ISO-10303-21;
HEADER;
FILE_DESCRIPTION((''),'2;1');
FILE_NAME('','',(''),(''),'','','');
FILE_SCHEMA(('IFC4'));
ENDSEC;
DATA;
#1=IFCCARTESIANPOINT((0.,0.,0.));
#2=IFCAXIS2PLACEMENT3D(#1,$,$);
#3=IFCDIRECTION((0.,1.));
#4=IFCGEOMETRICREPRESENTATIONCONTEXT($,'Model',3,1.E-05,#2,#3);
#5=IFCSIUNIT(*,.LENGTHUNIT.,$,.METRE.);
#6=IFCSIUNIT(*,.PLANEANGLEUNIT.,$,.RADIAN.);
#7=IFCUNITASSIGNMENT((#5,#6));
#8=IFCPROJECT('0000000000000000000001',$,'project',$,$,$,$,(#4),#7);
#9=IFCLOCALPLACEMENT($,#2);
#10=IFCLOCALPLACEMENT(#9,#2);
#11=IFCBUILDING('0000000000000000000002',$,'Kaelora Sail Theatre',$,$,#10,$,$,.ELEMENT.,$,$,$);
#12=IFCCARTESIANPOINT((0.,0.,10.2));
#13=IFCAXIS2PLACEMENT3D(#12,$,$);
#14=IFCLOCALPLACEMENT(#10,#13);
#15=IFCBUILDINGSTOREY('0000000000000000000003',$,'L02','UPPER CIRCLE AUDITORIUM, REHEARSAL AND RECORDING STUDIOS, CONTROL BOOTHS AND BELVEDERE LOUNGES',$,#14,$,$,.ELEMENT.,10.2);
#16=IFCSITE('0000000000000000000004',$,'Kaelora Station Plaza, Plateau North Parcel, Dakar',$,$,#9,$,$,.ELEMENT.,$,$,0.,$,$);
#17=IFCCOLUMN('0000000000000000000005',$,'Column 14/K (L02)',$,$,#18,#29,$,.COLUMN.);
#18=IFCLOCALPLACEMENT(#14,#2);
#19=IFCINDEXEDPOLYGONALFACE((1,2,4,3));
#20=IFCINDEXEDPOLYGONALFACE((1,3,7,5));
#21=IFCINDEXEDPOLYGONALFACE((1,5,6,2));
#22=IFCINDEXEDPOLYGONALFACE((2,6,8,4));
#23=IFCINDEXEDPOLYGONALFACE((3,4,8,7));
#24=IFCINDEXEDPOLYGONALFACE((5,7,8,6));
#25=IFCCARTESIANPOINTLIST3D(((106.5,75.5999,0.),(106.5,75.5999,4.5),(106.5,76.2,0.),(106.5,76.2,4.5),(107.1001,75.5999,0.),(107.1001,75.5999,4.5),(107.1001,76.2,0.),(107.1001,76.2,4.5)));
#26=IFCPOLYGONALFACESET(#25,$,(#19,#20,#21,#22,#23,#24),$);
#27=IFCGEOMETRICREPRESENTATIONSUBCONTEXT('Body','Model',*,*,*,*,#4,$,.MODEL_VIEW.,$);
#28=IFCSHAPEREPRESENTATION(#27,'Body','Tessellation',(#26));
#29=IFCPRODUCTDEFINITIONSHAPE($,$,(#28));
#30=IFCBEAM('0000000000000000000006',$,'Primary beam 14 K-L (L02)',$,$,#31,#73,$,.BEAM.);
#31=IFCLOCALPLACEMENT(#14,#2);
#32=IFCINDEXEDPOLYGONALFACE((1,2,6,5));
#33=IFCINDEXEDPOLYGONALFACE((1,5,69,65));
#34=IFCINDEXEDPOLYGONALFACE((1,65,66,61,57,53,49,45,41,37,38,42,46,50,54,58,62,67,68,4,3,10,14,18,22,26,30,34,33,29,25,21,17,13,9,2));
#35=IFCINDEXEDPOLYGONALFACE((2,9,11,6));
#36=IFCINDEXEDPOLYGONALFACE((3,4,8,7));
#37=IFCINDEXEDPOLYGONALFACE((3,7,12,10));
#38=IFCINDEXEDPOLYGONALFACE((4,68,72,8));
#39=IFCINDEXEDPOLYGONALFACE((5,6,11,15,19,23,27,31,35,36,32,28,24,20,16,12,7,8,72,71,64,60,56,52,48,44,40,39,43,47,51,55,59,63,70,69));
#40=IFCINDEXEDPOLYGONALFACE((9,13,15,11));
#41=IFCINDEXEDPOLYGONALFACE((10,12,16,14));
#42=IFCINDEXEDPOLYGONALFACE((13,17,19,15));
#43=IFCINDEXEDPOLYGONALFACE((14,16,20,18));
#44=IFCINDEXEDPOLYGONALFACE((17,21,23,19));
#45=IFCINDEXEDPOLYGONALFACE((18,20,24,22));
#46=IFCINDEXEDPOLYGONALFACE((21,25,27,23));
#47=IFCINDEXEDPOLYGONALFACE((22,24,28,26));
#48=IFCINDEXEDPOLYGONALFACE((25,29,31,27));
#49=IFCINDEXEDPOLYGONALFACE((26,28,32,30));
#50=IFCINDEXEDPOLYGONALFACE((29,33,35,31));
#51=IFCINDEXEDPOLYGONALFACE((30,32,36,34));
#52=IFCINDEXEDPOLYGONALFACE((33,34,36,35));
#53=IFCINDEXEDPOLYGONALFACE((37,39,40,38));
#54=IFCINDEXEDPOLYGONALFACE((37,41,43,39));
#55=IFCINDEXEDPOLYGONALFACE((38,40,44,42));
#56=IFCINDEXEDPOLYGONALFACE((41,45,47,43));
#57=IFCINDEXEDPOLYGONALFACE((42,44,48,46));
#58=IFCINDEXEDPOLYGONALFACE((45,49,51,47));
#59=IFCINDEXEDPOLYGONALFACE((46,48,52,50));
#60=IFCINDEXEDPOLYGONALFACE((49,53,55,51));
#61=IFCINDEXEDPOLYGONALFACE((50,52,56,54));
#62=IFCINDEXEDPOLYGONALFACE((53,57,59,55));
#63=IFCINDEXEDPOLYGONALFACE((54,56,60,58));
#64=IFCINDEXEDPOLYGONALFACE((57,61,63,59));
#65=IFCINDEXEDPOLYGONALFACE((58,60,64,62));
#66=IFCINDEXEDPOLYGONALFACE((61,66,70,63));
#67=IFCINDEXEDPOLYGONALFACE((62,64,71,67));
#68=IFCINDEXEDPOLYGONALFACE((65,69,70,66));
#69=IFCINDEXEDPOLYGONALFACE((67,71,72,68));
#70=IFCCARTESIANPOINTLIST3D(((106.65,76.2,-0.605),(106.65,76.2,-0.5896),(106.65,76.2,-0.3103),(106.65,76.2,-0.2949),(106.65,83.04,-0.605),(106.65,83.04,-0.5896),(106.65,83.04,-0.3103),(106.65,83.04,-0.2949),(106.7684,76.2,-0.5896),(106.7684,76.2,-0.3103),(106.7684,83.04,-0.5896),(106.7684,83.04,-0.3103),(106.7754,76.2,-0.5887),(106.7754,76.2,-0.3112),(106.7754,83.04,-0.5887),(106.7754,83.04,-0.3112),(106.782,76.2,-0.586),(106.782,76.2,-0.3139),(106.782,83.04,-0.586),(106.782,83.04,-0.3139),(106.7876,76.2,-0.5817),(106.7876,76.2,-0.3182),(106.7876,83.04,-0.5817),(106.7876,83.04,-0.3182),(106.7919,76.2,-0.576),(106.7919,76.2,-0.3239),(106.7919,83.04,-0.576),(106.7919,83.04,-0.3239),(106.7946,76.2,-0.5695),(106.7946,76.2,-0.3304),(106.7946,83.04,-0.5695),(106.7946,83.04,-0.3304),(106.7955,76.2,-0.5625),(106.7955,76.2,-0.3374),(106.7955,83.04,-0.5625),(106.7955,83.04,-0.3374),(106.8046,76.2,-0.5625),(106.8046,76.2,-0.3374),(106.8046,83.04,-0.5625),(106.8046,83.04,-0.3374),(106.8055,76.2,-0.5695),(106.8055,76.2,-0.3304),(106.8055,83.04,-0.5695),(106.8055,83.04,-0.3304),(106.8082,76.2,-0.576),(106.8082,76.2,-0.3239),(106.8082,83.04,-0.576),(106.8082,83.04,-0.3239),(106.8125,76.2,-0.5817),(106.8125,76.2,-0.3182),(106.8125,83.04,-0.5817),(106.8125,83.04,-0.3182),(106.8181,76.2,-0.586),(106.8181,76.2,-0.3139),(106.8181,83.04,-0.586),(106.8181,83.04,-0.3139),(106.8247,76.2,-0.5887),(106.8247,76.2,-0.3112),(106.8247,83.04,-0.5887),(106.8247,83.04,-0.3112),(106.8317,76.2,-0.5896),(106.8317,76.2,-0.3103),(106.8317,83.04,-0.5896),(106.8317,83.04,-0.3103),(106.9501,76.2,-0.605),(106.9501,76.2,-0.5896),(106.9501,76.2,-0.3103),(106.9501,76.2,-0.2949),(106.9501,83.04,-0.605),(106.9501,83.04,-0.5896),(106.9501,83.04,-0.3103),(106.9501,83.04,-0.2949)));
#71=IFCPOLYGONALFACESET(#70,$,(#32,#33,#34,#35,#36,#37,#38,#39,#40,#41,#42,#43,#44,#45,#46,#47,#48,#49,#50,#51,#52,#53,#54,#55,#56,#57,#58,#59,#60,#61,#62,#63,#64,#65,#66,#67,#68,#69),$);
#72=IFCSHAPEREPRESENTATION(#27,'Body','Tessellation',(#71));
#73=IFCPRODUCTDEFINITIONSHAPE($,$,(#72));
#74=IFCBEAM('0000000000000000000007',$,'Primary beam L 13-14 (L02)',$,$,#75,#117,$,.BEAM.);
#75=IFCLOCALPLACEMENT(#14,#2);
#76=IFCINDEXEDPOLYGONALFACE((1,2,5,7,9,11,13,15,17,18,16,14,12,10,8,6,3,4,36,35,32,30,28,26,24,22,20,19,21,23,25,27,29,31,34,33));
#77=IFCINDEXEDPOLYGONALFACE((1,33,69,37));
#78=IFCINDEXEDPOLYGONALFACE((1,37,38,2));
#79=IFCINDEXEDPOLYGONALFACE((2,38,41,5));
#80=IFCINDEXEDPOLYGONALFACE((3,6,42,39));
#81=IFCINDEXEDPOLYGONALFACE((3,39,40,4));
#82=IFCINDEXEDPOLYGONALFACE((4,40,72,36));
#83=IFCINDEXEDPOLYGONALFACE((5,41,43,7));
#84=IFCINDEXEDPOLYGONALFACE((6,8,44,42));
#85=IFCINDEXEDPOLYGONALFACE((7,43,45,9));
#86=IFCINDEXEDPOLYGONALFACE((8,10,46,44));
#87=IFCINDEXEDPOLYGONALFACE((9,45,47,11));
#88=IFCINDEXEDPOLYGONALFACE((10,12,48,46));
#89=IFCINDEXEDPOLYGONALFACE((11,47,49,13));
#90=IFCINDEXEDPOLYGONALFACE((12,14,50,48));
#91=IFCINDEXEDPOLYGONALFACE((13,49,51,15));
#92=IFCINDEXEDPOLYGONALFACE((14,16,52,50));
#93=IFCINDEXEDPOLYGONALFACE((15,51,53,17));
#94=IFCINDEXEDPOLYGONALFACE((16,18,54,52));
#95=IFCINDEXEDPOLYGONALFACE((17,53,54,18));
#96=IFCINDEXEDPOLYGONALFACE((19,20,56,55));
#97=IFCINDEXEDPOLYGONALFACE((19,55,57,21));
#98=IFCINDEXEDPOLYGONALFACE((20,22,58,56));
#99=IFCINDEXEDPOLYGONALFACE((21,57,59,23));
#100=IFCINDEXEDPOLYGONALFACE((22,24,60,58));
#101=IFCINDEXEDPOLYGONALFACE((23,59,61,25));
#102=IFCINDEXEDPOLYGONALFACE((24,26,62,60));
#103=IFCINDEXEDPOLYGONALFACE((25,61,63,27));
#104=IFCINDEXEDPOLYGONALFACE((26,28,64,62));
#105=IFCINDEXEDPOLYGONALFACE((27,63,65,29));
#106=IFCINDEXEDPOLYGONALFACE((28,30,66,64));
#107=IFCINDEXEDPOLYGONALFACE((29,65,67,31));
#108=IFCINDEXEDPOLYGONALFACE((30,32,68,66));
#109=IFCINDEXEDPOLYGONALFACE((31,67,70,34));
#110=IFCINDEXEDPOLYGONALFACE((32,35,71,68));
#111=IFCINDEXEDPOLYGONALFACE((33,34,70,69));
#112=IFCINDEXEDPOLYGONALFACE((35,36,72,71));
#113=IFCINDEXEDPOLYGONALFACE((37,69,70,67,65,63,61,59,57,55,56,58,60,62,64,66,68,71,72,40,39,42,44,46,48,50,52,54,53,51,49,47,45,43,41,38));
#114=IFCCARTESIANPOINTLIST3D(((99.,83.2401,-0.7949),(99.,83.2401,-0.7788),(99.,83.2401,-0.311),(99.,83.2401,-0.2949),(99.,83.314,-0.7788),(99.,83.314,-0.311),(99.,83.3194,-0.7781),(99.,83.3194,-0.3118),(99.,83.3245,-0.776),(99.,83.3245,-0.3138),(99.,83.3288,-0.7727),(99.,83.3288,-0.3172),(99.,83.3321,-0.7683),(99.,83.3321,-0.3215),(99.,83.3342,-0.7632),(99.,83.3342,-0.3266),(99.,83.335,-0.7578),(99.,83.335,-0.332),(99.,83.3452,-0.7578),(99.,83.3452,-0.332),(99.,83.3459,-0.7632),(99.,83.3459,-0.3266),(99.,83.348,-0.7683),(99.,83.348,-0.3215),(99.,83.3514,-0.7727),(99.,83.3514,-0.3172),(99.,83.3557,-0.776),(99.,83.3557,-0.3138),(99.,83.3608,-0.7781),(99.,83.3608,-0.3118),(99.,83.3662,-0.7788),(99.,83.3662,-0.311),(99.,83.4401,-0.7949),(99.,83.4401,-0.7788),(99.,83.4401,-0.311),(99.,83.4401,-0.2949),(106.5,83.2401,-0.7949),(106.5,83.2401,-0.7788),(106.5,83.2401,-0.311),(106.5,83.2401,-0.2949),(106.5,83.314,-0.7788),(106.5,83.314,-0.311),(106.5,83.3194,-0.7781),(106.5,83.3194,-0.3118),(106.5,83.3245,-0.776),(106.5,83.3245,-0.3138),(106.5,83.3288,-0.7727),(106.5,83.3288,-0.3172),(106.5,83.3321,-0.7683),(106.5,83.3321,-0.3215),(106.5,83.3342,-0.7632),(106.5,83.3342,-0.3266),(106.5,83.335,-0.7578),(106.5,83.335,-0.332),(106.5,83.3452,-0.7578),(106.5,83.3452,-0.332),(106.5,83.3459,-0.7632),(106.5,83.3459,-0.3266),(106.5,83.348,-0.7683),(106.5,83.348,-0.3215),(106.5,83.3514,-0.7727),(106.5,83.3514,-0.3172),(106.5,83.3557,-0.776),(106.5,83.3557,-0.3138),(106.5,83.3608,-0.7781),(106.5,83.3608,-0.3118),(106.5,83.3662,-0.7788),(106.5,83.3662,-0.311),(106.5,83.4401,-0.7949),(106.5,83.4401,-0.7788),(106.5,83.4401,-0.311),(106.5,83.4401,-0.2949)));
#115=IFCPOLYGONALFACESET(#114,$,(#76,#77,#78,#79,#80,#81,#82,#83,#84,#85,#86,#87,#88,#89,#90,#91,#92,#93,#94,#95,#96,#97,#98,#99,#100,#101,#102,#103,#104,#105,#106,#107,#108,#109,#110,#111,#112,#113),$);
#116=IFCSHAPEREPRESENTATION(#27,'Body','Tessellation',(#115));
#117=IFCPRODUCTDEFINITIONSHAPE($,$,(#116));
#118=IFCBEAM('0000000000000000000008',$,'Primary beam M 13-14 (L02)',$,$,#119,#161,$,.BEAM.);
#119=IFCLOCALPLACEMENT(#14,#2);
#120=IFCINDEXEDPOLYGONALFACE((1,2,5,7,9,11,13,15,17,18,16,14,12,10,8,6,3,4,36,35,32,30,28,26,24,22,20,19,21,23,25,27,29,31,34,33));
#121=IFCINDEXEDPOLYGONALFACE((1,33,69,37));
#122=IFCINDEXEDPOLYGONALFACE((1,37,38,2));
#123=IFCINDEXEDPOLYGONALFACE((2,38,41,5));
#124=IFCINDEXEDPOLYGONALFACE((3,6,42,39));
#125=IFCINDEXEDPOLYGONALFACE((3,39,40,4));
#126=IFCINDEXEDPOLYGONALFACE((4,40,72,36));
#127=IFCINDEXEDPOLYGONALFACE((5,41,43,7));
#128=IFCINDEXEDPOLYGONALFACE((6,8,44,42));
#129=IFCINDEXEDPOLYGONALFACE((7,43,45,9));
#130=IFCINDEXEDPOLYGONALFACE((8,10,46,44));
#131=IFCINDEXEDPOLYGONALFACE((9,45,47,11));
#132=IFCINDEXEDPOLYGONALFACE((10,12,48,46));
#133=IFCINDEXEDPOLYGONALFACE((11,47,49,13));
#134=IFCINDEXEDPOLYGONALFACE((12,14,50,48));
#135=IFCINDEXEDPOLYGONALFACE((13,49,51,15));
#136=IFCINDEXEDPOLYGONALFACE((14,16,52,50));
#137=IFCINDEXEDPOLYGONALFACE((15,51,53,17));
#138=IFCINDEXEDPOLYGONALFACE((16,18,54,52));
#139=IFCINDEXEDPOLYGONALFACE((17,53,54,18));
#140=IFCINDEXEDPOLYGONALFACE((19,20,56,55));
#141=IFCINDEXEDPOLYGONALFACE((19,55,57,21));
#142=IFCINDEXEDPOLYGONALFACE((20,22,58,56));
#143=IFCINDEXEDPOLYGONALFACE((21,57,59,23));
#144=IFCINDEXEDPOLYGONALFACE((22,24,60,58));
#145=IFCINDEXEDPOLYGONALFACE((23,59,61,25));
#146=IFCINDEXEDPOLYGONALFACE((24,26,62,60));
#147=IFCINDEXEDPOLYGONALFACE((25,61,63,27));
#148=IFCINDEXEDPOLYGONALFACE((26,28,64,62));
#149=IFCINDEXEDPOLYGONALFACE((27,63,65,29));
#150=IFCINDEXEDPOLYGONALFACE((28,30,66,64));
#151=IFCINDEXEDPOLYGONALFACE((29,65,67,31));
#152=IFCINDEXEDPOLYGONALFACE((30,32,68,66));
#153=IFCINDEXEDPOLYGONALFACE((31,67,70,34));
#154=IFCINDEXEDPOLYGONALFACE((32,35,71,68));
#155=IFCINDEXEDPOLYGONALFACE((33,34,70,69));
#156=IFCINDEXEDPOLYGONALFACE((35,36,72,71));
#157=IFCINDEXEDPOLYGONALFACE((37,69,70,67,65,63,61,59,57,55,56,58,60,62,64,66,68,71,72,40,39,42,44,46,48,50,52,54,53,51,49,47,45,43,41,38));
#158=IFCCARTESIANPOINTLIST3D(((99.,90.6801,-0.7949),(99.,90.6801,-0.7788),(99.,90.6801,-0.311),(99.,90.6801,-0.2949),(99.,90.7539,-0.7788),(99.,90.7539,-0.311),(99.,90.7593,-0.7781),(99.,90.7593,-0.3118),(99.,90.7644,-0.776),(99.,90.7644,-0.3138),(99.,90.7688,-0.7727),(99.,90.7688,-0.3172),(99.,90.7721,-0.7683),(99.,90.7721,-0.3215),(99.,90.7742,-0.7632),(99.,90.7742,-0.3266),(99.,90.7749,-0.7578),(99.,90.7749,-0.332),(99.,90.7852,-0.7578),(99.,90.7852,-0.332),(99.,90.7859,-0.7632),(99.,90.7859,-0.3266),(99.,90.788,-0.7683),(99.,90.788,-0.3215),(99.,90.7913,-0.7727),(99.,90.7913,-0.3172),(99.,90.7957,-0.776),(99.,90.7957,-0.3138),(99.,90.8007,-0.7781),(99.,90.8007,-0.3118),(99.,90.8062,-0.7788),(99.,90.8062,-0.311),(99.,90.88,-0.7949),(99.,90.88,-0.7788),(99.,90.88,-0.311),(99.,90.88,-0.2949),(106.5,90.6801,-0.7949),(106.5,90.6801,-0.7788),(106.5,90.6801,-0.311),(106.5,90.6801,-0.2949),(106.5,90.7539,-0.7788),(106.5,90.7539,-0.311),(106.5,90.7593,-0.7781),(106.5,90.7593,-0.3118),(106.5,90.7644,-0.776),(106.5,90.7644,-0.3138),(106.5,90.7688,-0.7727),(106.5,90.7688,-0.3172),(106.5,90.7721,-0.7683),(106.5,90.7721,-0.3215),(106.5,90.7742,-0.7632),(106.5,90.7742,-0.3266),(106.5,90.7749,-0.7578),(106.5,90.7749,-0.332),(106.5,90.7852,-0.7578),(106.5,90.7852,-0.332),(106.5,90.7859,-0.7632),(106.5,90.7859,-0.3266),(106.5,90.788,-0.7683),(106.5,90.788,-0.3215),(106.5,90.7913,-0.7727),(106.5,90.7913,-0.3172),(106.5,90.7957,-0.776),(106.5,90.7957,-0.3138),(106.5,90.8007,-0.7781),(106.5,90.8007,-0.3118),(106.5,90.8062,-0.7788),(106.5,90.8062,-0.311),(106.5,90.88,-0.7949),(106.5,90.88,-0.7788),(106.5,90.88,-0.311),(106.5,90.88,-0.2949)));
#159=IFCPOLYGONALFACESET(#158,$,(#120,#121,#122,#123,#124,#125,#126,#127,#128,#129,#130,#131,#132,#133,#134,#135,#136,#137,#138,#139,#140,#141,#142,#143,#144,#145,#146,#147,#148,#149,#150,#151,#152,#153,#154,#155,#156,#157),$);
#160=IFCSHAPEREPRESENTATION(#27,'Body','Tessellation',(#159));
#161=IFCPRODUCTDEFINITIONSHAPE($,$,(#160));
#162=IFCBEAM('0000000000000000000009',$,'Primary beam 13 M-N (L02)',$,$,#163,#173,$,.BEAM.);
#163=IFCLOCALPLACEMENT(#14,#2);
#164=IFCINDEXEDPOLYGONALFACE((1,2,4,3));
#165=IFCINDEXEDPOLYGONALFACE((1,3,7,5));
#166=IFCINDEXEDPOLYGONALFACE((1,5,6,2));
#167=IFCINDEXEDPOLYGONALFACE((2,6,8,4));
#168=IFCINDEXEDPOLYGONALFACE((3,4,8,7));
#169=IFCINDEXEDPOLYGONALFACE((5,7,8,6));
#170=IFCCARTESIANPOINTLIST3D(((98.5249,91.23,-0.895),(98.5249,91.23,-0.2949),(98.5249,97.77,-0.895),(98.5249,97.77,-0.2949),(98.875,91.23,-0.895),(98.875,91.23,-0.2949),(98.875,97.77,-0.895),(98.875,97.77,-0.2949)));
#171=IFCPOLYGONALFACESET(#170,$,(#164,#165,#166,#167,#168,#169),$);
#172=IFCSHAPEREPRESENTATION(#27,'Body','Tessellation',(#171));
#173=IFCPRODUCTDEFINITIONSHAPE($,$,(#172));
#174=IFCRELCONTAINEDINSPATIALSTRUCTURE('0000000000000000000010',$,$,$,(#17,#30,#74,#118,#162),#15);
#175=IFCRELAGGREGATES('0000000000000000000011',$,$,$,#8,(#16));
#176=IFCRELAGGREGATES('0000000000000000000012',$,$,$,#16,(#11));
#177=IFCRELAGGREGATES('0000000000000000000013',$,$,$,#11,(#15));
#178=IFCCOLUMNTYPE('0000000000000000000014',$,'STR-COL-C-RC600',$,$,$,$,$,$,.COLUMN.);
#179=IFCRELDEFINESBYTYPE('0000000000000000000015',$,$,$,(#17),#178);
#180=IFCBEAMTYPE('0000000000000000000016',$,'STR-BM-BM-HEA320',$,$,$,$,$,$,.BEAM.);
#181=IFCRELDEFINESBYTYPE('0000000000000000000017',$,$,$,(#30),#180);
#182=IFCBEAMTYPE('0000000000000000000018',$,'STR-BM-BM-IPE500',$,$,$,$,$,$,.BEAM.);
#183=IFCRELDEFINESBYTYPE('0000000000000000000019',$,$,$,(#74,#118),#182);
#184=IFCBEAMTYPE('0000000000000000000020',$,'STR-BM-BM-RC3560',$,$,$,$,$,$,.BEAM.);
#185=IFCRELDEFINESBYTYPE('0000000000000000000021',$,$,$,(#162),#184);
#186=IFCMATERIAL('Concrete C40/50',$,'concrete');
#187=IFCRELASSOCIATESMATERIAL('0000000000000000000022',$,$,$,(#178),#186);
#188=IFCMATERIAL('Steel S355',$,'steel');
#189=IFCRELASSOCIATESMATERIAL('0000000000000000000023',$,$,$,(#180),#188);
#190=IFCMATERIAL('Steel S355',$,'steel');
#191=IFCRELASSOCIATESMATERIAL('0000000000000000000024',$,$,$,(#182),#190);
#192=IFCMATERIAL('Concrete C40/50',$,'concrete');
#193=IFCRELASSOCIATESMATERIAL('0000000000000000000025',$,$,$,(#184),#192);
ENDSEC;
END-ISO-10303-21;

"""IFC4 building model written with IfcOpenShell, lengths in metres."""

from ifc_helpers import new_model, si_unit, direction, frame, origin, origin_2d, place, context, subcontext, project, spatial, rectangle, i_section, extrude, material, material_profile, profile_set, type_object, element, save


model = new_model("IFC4")

# Units and contexts
model_context = context("Model", 3, precision=1e-05, world=origin(), true_north=direction((0.0, 1.0)))
body_context = subcontext(model_context, "Body", "Model", "MODEL_VIEW")
ifc_project = project(units=[si_unit("LENGTHUNIT", "METRE"), si_unit("PLANEANGLEUNIT", "RADIAN")], contexts=[model_context])

# Site, building, storey
site_placement = place(None, origin())
site = spatial("IfcSite", under=ifc_project, at=site_placement, Name="Kaelora Station Plaza, Plateau North Parcel, Dakar", CompositionType="ELEMENT", RefElevation=0.0)
building_placement = place(site_placement, origin())
building = spatial("IfcBuilding", under=site, at=building_placement, Name="Kaelora Sail Theatre", CompositionType="ELEMENT")
storey_placement = place(building_placement, frame((0.0, 0.0, 10.2)))
storey = spatial("IfcBuildingStorey", under=building, at=storey_placement, Name="L02", Description="UPPER CIRCLE AUDITORIUM, REHEARSAL AND RECORDING STUDIOS, CONTROL BOOTHS AND BELVEDERE LOUNGES", CompositionType="ELEMENT", Elevation=10.2)

# Column
ifc_material_1 = material(Name="Concrete C40/50", Category="concrete")
ifc_material_profile_1 = material_profile(ifc_material_1, rectangle(XDim=0.6001, YDim=0.6001, at=origin_2d()), Name="RC-COL 600x600")
ifc_profile_set_1 = profile_set([ifc_material_profile_1], Name="Concrete C40/50")
column_type = type_object("IfcColumnType", Name="STR-COL-C-RC600", PredefinedType="COLUMN", material=ifc_profile_set_1)
column_placement = place(storey_placement, frame((106.8, 75.8999, 0.0), z_axis=(0.0, 0.0, 1.0), x_axis=(1.0, 0.0, 0.0)))
element("IfcColumn", 1, at=column_placement, inside=storey, type_object=column_type, Name="Column 14/K (L02)", PredefinedType="COLUMN", context=body_context, shape_type="SweptSolid", body=[
    extrude(rectangle(XDim=0.6001, YDim=0.6001, at=origin_2d()), origin(), (0.0, 0.0, 1.0), 4.5),
])

# Beams
ifc_material_2 = material(Name="Steel S355", Category="steel")
ifc_material_profile_2 = material_profile(ifc_material_2, i_section(OverallWidth=0.3, OverallDepth=0.3101, WebThickness=0.009, FlangeThickness=0.0154, FilletRadius=0.0271, at=origin_2d()), Name="HEA 320")
ifc_profile_set_2 = profile_set([ifc_material_profile_2], Name="Steel S355")
beam_type_1 = type_object("IfcBeamType", Name="STR-BM-BM-HEA320", PredefinedType="BEAM", material=ifc_profile_set_2)
beam_1_placement = place(storey_placement, frame((106.8, 76.2, -0.45), z_axis=(0.0, 1.0, 0.0), x_axis=(-1.0, 0.0, 0.0)))
element("IfcBeam", 2, at=beam_1_placement, inside=storey, type_object=beam_type_1, Name="Primary beam 14 K-L (L02)", PredefinedType="BEAM", context=body_context, shape_type="SweptSolid", body=[
    extrude(i_section(OverallWidth=0.3, OverallDepth=0.3101, WebThickness=0.009, FlangeThickness=0.0154, FilletRadius=0.0271, at=origin_2d()), origin(), (0.0, 0.0, 1.0), 6.8401),
])
ifc_material_3 = material(Name="Steel S355", Category="steel")
ifc_material_profile_3 = material_profile(ifc_material_3, i_section(OverallWidth=0.2, OverallDepth=0.5, WebThickness=0.0103, FlangeThickness=0.0161, FilletRadius=0.021, at=origin_2d()), Name="IPE 500")
ifc_profile_set_3 = profile_set([ifc_material_profile_3], Name="Steel S355")
beam_type_2 = type_object("IfcBeamType", Name="STR-BM-BM-IPE500", PredefinedType="BEAM", material=ifc_profile_set_3)
for number, where, z_axis, x_axis, name in (
    (3, (99.0, 83.3401, -0.5449), (1.0, 0.0, 0.0), (0.0, 1.0, 0.0), "Primary beam L 13-14 (L02)"),
    (4, (99.0, 90.78, -0.5449), (1.0, 0.0, 0.0), (0.0, 1.0, 0.0), "Primary beam M 13-14 (L02)"),
):
    element("IfcBeam", number, at=place(storey_placement, frame(where, z_axis=z_axis, x_axis=x_axis)), inside=storey, type_object=beam_type_2, Name=name, PredefinedType="BEAM", context=body_context, shape_type="SweptSolid", body=[
        extrude(i_section(OverallWidth=0.2, OverallDepth=0.5, WebThickness=0.0103, FlangeThickness=0.0161, FilletRadius=0.021, at=origin_2d()), origin(), (0.0, 0.0, 1.0), 7.5),
    ])
ifc_material_4 = material(Name="Concrete C40/50", Category="concrete")
ifc_material_profile_4 = material_profile(ifc_material_4, rectangle(XDim=0.3501, YDim=0.6001, at=origin_2d()), Name="RC-BM 350x600")
ifc_profile_set_4 = profile_set([ifc_material_profile_4], Name="Concrete C40/50")
beam_type_3 = type_object("IfcBeamType", Name="STR-BM-BM-RC3560", PredefinedType="BEAM", material=ifc_profile_set_4)
beam_2_placement = place(storey_placement, frame((98.7, 91.23, -0.595), z_axis=(0.0, 1.0, 0.0), x_axis=(-1.0, 0.0, 0.0)))
element("IfcBeam", 5, at=beam_2_placement, inside=storey, type_object=beam_type_3, Name="Primary beam 13 M-N (L02)", PredefinedType="BEAM", context=body_context, shape_type="SweptSolid", body=[
    extrude(rectangle(XDim=0.3501, YDim=0.6001, at=origin_2d()), origin(), (0.0, 0.0, 1.0), 6.54),
])

save(model, "model.ifc")
